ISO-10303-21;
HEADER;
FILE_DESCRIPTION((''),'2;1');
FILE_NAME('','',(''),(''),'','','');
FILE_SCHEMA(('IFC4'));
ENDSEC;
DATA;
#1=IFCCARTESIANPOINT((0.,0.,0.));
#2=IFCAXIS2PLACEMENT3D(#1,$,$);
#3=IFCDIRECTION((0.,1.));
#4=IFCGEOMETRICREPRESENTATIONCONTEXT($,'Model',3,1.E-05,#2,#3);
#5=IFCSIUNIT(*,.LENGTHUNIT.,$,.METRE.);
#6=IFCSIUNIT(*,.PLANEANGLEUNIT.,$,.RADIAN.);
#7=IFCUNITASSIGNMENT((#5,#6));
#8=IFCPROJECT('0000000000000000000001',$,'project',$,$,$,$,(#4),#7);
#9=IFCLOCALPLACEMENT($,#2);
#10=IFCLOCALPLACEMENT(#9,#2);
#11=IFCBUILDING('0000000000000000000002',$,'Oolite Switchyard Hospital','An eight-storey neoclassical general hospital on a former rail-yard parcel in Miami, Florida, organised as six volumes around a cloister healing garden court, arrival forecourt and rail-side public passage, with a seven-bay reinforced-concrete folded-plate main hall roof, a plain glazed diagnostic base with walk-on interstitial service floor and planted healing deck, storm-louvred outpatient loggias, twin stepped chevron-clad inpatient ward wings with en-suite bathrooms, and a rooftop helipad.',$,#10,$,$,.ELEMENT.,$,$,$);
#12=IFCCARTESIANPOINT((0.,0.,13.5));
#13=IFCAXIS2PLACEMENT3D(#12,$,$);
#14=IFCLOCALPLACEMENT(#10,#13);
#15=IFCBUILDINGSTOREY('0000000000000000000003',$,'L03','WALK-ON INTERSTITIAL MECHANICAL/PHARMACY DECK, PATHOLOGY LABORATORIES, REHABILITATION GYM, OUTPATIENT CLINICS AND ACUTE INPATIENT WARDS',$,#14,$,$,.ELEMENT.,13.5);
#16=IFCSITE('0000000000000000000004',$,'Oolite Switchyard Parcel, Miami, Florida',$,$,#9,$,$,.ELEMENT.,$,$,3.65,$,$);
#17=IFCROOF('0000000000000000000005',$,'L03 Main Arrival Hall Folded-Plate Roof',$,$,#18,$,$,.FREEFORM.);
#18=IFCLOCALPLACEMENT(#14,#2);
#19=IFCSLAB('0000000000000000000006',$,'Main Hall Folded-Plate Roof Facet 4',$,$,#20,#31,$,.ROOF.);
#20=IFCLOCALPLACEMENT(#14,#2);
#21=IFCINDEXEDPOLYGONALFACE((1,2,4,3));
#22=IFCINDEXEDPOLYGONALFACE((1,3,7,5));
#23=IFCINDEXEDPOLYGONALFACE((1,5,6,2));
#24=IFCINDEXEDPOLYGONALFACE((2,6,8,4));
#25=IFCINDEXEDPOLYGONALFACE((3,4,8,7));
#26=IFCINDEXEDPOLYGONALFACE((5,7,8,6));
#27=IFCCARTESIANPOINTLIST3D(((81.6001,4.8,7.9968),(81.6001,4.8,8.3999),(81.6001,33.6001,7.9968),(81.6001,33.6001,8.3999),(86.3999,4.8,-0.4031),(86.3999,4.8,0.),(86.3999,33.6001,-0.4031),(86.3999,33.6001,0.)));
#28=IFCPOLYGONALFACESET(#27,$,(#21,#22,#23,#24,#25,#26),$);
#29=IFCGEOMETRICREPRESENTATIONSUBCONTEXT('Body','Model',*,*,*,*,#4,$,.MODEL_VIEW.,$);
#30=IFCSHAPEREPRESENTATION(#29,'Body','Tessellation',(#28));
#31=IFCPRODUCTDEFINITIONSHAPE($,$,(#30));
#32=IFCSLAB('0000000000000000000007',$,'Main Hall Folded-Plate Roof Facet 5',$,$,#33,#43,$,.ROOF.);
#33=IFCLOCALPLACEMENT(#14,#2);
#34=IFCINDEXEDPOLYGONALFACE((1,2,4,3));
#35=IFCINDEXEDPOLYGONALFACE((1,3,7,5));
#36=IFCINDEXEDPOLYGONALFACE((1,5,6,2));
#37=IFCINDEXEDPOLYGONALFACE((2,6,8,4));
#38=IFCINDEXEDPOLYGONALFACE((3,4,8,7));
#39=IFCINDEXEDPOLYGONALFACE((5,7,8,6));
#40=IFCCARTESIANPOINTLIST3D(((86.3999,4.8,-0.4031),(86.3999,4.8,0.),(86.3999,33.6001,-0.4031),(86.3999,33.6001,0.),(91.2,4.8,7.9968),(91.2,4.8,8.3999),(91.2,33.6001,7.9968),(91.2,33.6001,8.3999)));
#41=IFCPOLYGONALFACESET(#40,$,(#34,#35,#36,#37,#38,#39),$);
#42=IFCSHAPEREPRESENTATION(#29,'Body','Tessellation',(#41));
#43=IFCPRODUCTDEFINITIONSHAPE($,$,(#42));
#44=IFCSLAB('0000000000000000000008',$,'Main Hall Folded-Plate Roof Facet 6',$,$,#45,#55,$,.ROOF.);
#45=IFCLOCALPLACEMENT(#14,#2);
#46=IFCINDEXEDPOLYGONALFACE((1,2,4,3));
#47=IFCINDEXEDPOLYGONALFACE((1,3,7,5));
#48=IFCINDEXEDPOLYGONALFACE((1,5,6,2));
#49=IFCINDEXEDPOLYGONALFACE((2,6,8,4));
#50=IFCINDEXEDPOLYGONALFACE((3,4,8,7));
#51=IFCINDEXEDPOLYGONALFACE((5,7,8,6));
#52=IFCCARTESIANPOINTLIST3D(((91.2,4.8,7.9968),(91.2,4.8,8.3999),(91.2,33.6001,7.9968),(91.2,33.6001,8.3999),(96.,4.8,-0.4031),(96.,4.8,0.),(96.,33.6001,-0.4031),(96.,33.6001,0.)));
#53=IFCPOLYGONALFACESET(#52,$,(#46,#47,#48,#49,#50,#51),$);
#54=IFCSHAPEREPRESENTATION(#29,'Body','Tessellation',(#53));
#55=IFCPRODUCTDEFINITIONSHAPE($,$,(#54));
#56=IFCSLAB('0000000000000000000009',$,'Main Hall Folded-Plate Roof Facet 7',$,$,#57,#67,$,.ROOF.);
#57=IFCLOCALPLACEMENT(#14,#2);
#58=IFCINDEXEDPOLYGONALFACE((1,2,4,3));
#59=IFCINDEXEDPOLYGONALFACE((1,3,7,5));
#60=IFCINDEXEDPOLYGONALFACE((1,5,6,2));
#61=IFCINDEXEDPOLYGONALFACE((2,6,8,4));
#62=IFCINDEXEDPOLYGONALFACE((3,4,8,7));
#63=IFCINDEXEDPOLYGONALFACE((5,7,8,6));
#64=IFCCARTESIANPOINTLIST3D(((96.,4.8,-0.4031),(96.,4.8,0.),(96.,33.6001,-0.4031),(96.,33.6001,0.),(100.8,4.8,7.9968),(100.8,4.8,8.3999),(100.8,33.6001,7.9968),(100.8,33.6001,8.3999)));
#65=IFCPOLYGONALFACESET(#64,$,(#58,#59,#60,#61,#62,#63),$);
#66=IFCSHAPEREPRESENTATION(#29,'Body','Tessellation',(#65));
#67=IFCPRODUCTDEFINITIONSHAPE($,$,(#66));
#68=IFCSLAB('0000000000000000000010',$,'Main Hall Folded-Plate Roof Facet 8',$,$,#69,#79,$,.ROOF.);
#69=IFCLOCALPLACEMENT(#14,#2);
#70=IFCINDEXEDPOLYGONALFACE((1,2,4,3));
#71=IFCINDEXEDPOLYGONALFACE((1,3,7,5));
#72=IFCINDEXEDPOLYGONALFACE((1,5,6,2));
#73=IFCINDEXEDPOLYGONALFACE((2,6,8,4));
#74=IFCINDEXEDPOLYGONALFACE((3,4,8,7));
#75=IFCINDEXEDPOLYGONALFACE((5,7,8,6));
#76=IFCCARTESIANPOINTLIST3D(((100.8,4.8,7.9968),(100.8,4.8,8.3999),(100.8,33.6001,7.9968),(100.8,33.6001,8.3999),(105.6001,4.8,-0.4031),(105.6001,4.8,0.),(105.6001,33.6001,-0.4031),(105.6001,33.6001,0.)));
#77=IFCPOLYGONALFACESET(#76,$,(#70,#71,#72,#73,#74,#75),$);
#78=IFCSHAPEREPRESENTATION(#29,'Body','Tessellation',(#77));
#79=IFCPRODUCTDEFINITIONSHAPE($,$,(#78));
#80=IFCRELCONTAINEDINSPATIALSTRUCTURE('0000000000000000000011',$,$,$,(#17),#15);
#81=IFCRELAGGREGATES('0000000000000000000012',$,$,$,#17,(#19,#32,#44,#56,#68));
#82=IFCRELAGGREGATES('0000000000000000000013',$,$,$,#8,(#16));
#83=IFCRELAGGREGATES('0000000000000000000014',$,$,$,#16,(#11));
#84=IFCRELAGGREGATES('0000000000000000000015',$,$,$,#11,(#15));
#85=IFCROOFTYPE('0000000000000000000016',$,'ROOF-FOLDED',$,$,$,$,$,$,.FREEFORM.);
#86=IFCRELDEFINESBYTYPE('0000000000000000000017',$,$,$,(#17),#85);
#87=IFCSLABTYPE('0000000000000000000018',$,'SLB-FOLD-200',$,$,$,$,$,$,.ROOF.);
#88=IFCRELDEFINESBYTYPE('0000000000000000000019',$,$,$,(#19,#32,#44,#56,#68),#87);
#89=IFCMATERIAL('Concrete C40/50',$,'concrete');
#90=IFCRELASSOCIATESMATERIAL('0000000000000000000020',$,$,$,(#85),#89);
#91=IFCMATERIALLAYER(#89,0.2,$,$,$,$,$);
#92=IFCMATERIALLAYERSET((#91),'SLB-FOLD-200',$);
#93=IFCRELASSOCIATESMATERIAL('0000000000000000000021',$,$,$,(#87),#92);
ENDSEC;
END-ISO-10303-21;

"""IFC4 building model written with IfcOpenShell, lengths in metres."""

from ifc_helpers import new_model, si_unit, direction, frame, origin, place, context, subcontext, project, spatial, polyline, outline, extrude, material, layer, layer_set, type_object, element, aggregate, save


model = new_model("IFC4")

# Units and contexts
model_context = context("Model", 3, precision=1e-05, world=origin(), true_north=direction((0.0, 1.0)))
body_context = subcontext(model_context, "Body", "Model", "MODEL_VIEW")
ifc_project = project(units=[si_unit("LENGTHUNIT", "METRE"), si_unit("PLANEANGLEUNIT", "RADIAN")], contexts=[model_context])

# Site, building, storey
site_placement = place(None, origin())
site = spatial("IfcSite", under=ifc_project, at=site_placement, Name="Oolite Switchyard Parcel, Miami, Florida", CompositionType="ELEMENT", RefElevation=3.65)
building_placement = place(site_placement, origin())
building = spatial("IfcBuilding", under=site, at=building_placement, Name="Oolite Switchyard Hospital", Description="An eight-storey neoclassical general hospital on a former rail-yard parcel in Miami, Florida, organised as six volumes around a cloister healing garden court, arrival forecourt and rail-side public passage, with a seven-bay reinforced-concrete folded-plate main hall roof, a plain glazed diagnostic base with walk-on interstitial service floor and planted healing deck, storm-louvred outpatient loggias, twin stepped chevron-clad inpatient ward wings with en-suite bathrooms, and a rooftop helipad.", CompositionType="ELEMENT")
storey_placement = place(building_placement, frame((0.0, 0.0, 13.5)))
storey = spatial("IfcBuildingStorey", under=building, at=storey_placement, Name="L03", Description="WALK-ON INTERSTITIAL MECHANICAL/PHARMACY DECK, PATHOLOGY LABORATORIES, REHABILITATION GYM, OUTPATIENT CLINICS AND ACUTE INPATIENT WARDS", CompositionType="ELEMENT", Elevation=13.5)

# Roof
ifc_material_1 = material(Name="Concrete C40/50", Category="concrete")
roof_type = type_object("IfcRoofType", Name="ROOF-FOLDED", PredefinedType="FREEFORM", material=ifc_material_1)
roof_placement = place(storey_placement, origin())
roof = element("IfcRoof", 1, at=roof_placement, inside=storey, type_object=roof_type, Name="L03 Main Arrival Hall Folded-Plate Roof", PredefinedType="FREEFORM")

# Slabs
ifc_layer_1 = layer(ifc_material_1, 0.2)
ifc_layer_set_1 = layer_set([ifc_layer_1], Name="SLB-FOLD-200")
slab_type = type_object("IfcSlabType", Name="SLB-FOLD-200", PredefinedType="ROOF", material=ifc_layer_set_1)
slab_1_placement = place(storey_placement, frame((81.6001, 4.8, 8.3999), z_axis=(0.868249, 0.0, 0.496128), x_axis=(0.496128, 0.0, -0.868249)))
slab_1 = element("IfcSlab", 2, at=slab_1_placement, type_object=slab_type, Name="Main Hall Folded-Plate Roof Facet 4", PredefinedType="ROOF", context=body_context, shape_type="SweptSolid", body=[
    extrude(outline(polyline([(0.0, 0.0), (9.6745, 0.0), (9.6745, 28.8), (0.0, 28.8), (0.0, 0.0)])), origin(), (0.868249, 0.0, -0.496128), 0.4031),
])
slab_2_placement = place(storey_placement, frame((86.3999, 4.8, 0.0), z_axis=(-0.868238, 0.0, 0.496147), x_axis=(0.496147, 0.0, 0.868238)))
slab_2 = element("IfcSlab", 3, at=slab_2_placement, type_object=slab_type, Name="Main Hall Folded-Plate Roof Facet 5", PredefinedType="ROOF", context=body_context, shape_type="SweptSolid", body=[
    extrude(outline(polyline([(0.0, 0.0), (9.6746, 0.0), (9.6746, 28.8), (0.0, 28.8), (0.0, 0.0)])), origin(), (-0.868238, 0.0, -0.496147), 0.4031),
])
slab_3_placement = place(storey_placement, frame((91.2, 4.8, 8.3999), z_axis=(0.868238, 0.0, 0.496147), x_axis=(0.496147, 0.0, -0.868238)))
slab_3 = element("IfcSlab", 4, at=slab_3_placement, type_object=slab_type, Name="Main Hall Folded-Plate Roof Facet 6", PredefinedType="ROOF", context=body_context, shape_type="SweptSolid", body=[
    extrude(outline(polyline([(0.0, 0.0), (9.6746, 0.0), (9.6746, 28.8), (0.0, 28.8), (0.0, 0.0)])), origin(), (0.868238, 0.0, -0.496147), 0.4031),
])
slab_4_placement = place(storey_placement, frame((96.0, 4.8, 0.0), z_axis=(-0.868238, 0.0, 0.496147), x_axis=(0.496147, 0.0, 0.868238)))
slab_4 = element("IfcSlab", 5, at=slab_4_placement, type_object=slab_type, Name="Main Hall Folded-Plate Roof Facet 7", PredefinedType="ROOF", context=body_context, shape_type="SweptSolid", body=[
    extrude(outline(polyline([(0.0, 0.0), (9.6746, 0.0), (9.6746, 28.8), (0.0, 28.8), (0.0, 0.0)])), origin(), (-0.868238, 0.0, -0.496147), 0.4031),
])
slab_5_placement = place(storey_placement, frame((100.8, 4.8, 8.3999), z_axis=(0.868238, 0.0, 0.496147), x_axis=(0.496147, 0.0, -0.868238)))
slab_5 = element("IfcSlab", 6, at=slab_5_placement, type_object=slab_type, Name="Main Hall Folded-Plate Roof Facet 8", PredefinedType="ROOF", context=body_context, shape_type="SweptSolid", body=[
    extrude(outline(polyline([(0.0, 0.0), (9.6746, 0.0), (9.6746, 28.8), (0.0, 28.8), (0.0, 0.0)])), origin(), (0.868238, 0.0, -0.496147), 0.4031),
])
aggregate(roof, [slab_1, slab_2, slab_3, slab_4, slab_5])

save(model, "model.ifc")
